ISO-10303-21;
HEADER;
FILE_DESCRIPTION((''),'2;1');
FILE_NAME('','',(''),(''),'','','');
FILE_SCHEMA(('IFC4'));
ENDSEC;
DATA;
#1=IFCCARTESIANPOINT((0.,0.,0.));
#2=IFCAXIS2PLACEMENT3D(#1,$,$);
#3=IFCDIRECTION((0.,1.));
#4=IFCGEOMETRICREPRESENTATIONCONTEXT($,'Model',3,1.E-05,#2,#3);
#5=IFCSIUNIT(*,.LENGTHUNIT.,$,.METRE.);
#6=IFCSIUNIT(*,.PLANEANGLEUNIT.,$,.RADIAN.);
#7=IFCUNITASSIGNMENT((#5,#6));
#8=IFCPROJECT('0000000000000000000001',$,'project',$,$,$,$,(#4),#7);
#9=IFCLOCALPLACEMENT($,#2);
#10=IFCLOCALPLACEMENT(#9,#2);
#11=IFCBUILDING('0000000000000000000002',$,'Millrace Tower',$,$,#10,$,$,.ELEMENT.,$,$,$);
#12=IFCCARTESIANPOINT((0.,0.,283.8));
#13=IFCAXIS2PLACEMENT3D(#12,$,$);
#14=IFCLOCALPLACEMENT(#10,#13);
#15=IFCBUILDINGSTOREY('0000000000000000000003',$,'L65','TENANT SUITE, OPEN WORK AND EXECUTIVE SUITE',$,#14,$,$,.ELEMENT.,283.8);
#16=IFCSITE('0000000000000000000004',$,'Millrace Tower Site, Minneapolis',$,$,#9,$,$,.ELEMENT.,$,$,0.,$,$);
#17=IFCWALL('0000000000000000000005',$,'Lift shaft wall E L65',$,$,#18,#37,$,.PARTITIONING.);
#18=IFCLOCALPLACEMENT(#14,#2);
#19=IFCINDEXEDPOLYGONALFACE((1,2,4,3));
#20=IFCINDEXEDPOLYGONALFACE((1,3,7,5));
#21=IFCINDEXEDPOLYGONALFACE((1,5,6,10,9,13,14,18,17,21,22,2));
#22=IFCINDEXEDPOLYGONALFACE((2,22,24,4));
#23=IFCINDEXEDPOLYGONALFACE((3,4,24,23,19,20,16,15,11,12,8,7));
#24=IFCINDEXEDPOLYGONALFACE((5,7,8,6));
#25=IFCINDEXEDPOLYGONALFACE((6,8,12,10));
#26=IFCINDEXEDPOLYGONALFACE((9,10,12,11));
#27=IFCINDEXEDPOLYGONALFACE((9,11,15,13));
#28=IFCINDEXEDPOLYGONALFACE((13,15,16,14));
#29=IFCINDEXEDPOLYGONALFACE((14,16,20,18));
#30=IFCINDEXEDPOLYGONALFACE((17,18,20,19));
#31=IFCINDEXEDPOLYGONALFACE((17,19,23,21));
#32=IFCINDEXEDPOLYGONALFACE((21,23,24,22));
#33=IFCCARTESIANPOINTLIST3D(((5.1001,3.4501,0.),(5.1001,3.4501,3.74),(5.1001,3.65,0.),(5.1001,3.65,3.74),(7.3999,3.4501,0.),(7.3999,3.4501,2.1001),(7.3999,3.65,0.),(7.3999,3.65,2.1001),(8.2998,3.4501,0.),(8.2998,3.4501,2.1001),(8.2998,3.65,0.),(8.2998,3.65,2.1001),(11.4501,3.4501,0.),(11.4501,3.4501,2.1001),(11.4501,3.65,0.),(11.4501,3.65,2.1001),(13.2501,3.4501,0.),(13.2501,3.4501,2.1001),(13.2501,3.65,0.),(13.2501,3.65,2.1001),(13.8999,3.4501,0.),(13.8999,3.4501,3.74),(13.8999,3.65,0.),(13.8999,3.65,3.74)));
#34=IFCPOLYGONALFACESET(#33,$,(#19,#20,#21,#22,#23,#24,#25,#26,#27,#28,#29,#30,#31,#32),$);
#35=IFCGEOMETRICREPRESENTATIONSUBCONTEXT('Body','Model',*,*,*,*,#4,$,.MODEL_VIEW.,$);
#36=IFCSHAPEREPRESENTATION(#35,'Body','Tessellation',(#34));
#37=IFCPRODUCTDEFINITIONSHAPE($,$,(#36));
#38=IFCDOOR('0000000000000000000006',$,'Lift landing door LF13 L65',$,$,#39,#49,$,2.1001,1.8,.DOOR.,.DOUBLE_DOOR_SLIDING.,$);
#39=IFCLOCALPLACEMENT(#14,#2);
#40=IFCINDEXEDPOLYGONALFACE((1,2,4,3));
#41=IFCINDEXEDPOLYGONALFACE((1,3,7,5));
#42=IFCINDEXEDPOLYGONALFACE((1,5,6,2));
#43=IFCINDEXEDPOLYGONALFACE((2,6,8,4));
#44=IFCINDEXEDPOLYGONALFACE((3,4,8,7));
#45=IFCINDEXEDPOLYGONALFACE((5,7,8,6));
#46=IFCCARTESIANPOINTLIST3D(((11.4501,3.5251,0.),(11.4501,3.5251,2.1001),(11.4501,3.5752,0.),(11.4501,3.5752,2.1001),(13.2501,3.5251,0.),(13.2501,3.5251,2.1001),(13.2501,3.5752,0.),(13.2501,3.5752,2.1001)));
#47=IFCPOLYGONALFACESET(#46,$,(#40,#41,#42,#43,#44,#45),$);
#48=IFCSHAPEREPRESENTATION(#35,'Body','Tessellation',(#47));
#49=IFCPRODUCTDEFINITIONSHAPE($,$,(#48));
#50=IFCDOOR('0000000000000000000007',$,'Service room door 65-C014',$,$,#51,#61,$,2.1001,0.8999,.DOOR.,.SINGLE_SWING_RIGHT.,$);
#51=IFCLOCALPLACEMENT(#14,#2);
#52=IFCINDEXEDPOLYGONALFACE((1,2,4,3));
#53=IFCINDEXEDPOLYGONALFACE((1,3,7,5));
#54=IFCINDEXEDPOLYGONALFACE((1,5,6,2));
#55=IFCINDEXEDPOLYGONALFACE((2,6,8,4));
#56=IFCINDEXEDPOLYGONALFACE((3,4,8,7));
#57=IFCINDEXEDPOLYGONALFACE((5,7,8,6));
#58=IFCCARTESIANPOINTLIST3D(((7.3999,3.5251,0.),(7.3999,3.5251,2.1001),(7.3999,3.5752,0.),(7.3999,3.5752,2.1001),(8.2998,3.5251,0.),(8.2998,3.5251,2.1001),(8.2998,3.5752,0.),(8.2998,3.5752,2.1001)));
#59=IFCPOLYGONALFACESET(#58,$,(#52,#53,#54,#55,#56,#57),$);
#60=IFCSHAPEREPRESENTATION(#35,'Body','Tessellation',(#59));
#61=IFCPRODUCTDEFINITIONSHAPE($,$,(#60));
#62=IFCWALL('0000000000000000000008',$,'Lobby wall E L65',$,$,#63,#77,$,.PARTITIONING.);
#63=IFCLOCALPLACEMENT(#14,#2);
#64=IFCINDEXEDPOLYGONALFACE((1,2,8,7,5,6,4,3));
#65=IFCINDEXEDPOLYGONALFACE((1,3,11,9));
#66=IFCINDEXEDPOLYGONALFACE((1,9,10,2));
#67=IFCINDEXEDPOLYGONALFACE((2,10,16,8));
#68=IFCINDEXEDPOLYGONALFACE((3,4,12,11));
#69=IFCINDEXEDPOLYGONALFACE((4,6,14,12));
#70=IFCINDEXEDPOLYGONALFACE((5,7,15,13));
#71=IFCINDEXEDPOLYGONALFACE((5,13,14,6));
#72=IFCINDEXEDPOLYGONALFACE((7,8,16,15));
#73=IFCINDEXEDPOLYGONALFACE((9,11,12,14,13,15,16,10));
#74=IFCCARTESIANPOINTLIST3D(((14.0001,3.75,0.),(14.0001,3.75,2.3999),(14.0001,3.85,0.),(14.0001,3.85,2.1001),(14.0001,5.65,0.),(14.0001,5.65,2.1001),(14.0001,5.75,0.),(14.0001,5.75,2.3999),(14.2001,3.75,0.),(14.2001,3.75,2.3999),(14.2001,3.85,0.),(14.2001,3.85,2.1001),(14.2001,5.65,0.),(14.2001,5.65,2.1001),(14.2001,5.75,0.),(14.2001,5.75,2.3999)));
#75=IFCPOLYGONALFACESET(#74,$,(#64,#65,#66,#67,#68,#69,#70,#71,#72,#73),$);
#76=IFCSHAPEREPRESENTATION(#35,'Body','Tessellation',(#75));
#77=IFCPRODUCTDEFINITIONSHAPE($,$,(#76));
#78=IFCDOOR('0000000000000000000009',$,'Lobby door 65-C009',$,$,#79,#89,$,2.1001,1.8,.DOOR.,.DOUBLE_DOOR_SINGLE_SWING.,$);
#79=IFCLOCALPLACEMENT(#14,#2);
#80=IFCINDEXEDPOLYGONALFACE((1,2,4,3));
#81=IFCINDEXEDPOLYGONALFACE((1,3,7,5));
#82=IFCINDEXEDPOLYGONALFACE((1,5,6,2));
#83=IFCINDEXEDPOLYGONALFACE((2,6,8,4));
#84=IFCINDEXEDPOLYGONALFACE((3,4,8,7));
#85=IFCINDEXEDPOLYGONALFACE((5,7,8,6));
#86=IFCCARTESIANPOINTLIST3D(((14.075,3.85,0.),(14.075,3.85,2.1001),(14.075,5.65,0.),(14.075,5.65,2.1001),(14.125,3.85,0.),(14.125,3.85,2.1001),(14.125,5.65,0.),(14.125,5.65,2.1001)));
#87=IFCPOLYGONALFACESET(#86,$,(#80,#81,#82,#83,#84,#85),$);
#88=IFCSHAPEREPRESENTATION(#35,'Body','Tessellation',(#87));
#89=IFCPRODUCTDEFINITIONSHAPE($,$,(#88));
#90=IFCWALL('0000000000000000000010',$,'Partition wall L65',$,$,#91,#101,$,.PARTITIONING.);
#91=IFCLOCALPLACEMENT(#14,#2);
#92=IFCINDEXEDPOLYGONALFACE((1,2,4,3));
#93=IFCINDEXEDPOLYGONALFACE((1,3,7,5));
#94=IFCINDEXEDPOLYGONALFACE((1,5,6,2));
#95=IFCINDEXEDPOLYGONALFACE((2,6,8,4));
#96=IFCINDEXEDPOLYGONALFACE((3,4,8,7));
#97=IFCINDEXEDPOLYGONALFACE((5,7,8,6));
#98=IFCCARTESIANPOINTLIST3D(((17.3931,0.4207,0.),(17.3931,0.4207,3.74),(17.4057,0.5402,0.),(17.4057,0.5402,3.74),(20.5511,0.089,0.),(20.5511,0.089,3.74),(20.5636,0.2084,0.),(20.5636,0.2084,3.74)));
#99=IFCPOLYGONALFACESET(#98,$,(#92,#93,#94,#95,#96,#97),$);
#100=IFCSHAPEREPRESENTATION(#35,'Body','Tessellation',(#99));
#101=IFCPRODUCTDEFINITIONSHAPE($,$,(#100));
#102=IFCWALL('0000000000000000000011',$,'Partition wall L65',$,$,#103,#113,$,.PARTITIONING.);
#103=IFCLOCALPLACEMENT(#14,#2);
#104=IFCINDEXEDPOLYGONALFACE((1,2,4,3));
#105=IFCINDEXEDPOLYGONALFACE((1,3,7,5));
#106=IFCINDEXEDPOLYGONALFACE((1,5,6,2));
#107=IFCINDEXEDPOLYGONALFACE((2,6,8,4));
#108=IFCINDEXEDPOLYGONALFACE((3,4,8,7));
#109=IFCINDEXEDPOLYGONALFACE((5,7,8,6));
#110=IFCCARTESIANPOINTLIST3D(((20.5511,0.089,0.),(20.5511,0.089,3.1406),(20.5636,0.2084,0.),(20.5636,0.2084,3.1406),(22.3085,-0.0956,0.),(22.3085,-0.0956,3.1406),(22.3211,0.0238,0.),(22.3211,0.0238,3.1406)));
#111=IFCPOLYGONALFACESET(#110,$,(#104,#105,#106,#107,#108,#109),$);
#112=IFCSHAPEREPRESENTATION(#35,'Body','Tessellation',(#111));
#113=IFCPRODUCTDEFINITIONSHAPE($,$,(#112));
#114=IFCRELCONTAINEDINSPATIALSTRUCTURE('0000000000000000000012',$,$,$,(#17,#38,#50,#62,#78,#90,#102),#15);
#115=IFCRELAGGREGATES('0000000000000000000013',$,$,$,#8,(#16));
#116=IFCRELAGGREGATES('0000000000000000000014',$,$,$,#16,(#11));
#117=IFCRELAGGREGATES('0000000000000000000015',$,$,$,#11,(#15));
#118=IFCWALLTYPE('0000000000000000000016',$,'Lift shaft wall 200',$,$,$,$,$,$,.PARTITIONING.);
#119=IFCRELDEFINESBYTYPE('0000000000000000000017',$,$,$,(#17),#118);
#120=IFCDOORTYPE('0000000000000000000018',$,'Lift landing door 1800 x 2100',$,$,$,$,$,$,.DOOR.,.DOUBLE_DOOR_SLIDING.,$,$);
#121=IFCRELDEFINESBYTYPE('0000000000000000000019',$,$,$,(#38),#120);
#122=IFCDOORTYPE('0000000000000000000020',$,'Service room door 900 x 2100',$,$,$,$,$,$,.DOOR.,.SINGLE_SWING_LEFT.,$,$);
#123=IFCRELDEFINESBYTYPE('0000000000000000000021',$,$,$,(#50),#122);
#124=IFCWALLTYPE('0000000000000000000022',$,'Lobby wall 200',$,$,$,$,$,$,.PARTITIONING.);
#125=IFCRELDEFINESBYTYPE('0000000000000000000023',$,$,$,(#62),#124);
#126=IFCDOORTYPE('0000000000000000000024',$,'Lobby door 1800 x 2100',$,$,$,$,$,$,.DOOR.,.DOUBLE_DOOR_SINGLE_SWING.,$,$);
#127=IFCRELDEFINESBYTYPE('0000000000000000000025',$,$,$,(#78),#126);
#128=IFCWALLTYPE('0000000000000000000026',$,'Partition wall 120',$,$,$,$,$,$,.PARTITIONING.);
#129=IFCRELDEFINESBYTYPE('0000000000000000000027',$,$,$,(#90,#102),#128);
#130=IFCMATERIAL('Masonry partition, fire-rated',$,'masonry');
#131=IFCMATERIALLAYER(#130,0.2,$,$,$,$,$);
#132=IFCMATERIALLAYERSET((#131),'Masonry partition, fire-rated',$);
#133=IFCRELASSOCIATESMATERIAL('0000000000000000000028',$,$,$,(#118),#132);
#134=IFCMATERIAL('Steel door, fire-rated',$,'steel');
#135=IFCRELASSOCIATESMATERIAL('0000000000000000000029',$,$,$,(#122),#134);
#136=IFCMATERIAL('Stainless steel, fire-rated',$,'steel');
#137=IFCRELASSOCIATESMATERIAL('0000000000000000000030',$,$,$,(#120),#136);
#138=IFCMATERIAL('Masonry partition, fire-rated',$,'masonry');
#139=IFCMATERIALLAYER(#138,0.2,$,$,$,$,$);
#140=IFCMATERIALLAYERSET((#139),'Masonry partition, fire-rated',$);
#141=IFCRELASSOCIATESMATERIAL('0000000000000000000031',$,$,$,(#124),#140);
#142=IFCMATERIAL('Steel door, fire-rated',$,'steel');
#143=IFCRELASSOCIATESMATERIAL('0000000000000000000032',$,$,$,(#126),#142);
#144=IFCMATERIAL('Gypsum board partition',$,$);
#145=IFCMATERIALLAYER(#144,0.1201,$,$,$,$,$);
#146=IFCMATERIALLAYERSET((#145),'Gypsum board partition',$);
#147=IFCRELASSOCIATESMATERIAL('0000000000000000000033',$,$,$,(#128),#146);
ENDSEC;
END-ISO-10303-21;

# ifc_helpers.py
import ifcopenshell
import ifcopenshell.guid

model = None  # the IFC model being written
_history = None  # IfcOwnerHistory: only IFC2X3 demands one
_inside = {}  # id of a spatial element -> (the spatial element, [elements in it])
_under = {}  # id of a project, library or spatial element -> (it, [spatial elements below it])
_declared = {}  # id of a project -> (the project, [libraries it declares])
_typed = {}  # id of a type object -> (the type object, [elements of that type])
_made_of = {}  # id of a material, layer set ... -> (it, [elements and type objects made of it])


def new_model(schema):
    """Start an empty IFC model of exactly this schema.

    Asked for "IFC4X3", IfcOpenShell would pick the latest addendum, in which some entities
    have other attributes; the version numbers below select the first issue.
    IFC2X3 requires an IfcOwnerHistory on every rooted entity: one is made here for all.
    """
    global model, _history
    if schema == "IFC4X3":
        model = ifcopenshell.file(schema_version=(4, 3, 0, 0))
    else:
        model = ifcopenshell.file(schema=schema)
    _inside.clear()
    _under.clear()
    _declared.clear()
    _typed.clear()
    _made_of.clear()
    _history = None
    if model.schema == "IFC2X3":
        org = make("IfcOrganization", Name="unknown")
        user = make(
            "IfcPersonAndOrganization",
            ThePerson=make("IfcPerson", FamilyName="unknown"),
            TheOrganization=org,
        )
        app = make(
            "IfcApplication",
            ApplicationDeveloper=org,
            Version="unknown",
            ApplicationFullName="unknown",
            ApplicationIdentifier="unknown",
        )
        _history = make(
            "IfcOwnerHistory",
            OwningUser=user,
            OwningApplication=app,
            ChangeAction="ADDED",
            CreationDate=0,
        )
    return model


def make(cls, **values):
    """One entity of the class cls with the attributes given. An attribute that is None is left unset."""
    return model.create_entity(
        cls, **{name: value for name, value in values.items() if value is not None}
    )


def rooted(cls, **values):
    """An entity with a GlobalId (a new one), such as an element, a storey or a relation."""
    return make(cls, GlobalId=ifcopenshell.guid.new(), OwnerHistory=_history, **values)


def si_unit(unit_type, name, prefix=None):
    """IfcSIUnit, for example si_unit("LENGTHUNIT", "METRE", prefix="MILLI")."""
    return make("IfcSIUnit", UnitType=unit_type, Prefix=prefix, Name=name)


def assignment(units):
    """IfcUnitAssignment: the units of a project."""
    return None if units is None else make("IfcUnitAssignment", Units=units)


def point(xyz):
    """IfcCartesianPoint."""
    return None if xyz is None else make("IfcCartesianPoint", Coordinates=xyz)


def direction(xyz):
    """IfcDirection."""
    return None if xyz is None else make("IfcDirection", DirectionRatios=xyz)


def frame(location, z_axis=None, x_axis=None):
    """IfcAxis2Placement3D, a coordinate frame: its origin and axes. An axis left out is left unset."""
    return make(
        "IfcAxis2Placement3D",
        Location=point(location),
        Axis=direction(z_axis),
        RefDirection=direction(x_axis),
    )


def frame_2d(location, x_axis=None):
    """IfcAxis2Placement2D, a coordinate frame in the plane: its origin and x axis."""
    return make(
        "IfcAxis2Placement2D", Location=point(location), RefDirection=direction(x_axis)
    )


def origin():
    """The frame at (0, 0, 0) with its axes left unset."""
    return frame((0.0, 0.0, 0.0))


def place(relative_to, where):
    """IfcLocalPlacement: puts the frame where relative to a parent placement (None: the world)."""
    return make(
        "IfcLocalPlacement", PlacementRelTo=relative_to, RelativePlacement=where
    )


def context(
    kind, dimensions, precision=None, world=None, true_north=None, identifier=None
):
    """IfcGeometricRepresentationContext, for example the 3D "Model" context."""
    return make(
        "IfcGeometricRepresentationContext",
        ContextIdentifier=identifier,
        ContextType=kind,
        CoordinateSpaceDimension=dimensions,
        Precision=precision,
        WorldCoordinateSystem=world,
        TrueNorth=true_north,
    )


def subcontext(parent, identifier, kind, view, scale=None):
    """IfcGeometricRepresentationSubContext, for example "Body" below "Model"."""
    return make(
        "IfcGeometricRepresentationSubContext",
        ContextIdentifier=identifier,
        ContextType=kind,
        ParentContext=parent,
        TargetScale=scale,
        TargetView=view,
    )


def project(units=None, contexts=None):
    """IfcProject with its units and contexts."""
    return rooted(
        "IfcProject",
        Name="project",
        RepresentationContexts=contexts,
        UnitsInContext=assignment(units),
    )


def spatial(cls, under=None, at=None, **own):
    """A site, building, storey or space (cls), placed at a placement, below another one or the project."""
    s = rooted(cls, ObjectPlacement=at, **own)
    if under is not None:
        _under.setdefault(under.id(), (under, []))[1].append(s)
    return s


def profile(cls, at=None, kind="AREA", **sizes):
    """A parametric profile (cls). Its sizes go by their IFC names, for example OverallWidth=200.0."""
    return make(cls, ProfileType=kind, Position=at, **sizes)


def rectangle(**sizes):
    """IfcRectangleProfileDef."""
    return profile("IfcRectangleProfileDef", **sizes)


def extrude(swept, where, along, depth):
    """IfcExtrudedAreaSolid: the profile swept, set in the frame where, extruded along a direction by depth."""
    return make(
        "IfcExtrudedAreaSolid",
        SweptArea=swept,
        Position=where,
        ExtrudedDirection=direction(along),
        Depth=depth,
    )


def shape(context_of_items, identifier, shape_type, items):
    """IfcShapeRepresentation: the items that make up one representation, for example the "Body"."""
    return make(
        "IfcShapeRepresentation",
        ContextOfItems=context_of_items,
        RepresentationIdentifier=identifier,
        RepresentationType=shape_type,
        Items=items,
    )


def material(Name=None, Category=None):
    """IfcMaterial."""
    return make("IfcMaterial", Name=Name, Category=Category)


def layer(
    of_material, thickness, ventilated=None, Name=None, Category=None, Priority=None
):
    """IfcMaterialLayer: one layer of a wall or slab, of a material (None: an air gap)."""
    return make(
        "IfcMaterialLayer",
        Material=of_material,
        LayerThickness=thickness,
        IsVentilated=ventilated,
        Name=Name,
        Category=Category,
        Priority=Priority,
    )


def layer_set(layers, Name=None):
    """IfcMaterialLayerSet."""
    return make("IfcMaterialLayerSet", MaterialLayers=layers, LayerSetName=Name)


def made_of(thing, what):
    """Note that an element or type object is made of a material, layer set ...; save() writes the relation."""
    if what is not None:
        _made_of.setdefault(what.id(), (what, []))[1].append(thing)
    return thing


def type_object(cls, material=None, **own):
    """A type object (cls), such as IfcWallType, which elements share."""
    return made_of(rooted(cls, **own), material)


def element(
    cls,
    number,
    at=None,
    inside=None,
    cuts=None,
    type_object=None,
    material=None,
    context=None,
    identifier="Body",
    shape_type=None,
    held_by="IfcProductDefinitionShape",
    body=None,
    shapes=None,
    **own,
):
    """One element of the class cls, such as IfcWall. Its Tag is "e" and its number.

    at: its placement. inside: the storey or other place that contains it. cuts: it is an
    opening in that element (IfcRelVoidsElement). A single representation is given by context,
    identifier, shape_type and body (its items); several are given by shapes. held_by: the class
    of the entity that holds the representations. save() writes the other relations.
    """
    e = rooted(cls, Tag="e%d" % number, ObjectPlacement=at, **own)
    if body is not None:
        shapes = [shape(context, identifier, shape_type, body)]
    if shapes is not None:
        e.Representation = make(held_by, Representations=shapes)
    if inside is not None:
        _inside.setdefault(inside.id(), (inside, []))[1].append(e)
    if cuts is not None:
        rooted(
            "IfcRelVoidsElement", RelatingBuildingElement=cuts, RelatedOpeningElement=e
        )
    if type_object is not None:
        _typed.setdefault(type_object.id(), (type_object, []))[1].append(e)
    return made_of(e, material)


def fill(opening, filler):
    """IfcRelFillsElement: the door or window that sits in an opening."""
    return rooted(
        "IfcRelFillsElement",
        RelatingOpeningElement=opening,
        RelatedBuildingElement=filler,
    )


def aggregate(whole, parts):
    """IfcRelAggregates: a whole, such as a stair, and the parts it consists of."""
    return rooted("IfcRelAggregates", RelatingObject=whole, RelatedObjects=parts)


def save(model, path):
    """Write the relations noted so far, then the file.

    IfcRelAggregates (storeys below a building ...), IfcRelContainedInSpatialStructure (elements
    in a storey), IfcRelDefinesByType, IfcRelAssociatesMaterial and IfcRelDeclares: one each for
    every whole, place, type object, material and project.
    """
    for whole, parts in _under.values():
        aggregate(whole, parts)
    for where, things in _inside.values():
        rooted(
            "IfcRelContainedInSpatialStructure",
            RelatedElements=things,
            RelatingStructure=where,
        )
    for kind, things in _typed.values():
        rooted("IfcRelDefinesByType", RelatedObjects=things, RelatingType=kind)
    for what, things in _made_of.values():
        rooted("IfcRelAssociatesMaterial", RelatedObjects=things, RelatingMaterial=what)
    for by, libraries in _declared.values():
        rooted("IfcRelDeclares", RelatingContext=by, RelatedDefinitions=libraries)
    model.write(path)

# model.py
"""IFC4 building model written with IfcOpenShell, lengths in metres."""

from ifc_helpers import new_model, si_unit, direction, frame, frame_2d, origin, place, context, subcontext, project, spatial, rectangle, extrude, material, layer, layer_set, type_object, element, fill, save


model = new_model("IFC4")

# Units and contexts
model_context = context("Model", 3, precision=1e-05, world=origin(), true_north=direction((0.0, 1.0)))
body_context = subcontext(model_context, "Body", "Model", "MODEL_VIEW")
ifc_project = project(units=[si_unit("LENGTHUNIT", "METRE"), si_unit("PLANEANGLEUNIT", "RADIAN")], contexts=[model_context])

# Site, building, storey
site_placement = place(None, origin())
site = spatial("IfcSite", under=ifc_project, at=site_placement, Name="Millrace Tower Site, Minneapolis", CompositionType="ELEMENT", RefElevation=0.0)
building_placement = place(site_placement, origin())
building = spatial("IfcBuilding", under=site, at=building_placement, Name="Millrace Tower", CompositionType="ELEMENT")
storey_placement = place(building_placement, frame((0.0, 0.0, 283.8)))
storey = spatial("IfcBuildingStorey", under=building, at=storey_placement, Name="L65", Description="TENANT SUITE, OPEN WORK AND EXECUTIVE SUITE", CompositionType="ELEMENT", Elevation=283.8)

# Wall, openings, doors
ifc_material_1 = material(Name="Masonry partition, fire-rated", Category="masonry")
ifc_layer_1 = layer(ifc_material_1, 0.2)
ifc_layer_set_1 = layer_set([ifc_layer_1], Name="Masonry partition, fire-rated")
wall_type_1 = type_object("IfcWallType", Name="Lift shaft wall 200", PredefinedType="PARTITIONING", material=ifc_layer_set_1)
ifc_material_2 = material(Name="Steel door, fire-rated", Category="steel")
door_type_1 = type_object("IfcDoorType", Name="Service room door 900 x 2100", OperationType="SINGLE_SWING_LEFT", PredefinedType="DOOR", material=ifc_material_2)
wall_1_placement = place(storey_placement, frame((13.8999, 3.55, 0.0), z_axis=(0.0, 0.0, 1.0), x_axis=(-1.0, 0.0, 0.0)))
wall_1 = element("IfcWall", 1, at=wall_1_placement, inside=storey, type_object=wall_type_1, Name="Lift shaft wall E L65", PredefinedType="PARTITIONING", context=body_context, shape_type="SweptSolid", body=[
    extrude(rectangle(XDim=8.7998, YDim=0.2, at=frame_2d((4.3999, 0.0))), origin(), (0.0, 0.0, 1.0), 3.74),
])
opening_1_placement = place(wall_1_placement, frame((0.6499, 0.0, 0.0)))
opening_1 = element("IfcOpeningElement", 2, at=opening_1_placement, cuts=wall_1, PredefinedType="OPENING", context=body_context, shape_type="SweptSolid", body=[
    extrude(rectangle(XDim=1.8, YDim=2.1001, at=frame_2d((0.8999, 1.05))), frame((0.0, 0.1099, 0.0), z_axis=(0.0, -1.0, 0.0), x_axis=(1.0, 0.0, 0.0)), (0.0, 0.0, 1.0), 0.22),
])
opening_2_placement = place(wall_1_placement, frame((5.6001, 0.0, 0.0)))
opening_2 = element("IfcOpeningElement", 3, at=opening_2_placement, cuts=wall_1, PredefinedType="OPENING", context=body_context, shape_type="SweptSolid", body=[
    extrude(rectangle(XDim=0.8999, YDim=2.1001, at=frame_2d((0.45, 1.05))), frame((0.0, 0.1099, 0.0), z_axis=(0.0, -1.0, 0.0), x_axis=(1.0, 0.0, 0.0)), (0.0, 0.0, 1.0), 0.22),
])
ifc_material_3 = material(Name="Stainless steel, fire-rated", Category="steel")
door_type_2 = type_object("IfcDoorType", Name="Lift landing door 1800 x 2100", OperationType="DOUBLE_DOOR_SLIDING", PredefinedType="DOOR", material=ifc_material_3)
door_1_placement = place(opening_1_placement, origin())
door_1 = element("IfcDoor", 4, at=door_1_placement, inside=storey, type_object=door_type_2, Name="Lift landing door LF13 L65", OperationType="DOUBLE_DOOR_SLIDING", OverallHeight=2.1001, OverallWidth=1.8, PredefinedType="DOOR", context=body_context, shape_type="SweptSolid", body=[
    extrude(rectangle(XDim=1.8, YDim=2.1001, at=frame_2d((0.8999, 1.05))), frame((0.0, 0.0249, 0.0), z_axis=(0.0, -1.0, 0.0), x_axis=(1.0, 0.0, 0.0)), (0.0, 0.0, 1.0), 0.05),
])
fill(opening_1, door_1)
door_2_placement = place(opening_2_placement, origin())
door_2 = element("IfcDoor", 5, at=door_2_placement, inside=storey, type_object=door_type_1, Name="Service room door 65-C014", OperationType="SINGLE_SWING_RIGHT", OverallHeight=2.1001, OverallWidth=0.8999, PredefinedType="DOOR", context=body_context, shape_type="SweptSolid", body=[
    extrude(rectangle(XDim=0.8999, YDim=2.1001, at=frame_2d((0.45, 1.05))), frame((0.0, 0.0249, 0.0), z_axis=(0.0, -1.0, 0.0), x_axis=(1.0, 0.0, 0.0)), (0.0, 0.0, 1.0), 0.05),
])
fill(opening_2, door_2)

# Wall, opening, door
ifc_material_4 = material(Name="Masonry partition, fire-rated", Category="masonry")
ifc_layer_2 = layer(ifc_material_4, 0.2)
ifc_layer_set_2 = layer_set([ifc_layer_2], Name="Masonry partition, fire-rated")
wall_type_2 = type_object("IfcWallType", Name="Lobby wall 200", PredefinedType="PARTITIONING", material=ifc_layer_set_2)
wall_2_placement = place(storey_placement, frame((14.1001, 5.75, 0.0), z_axis=(0.0, 0.0, 1.0), x_axis=(0.0, -1.0, 0.0)))
wall_2 = element("IfcWall", 6, at=wall_2_placement, inside=storey, type_object=wall_type_2, Name="Lobby wall E L65", PredefinedType="PARTITIONING", context=body_context, shape_type="SweptSolid", body=[
    extrude(rectangle(XDim=2.0, YDim=0.2, at=frame_2d((1.0, 0.0))), origin(), (0.0, 0.0, 1.0), 2.3999),
])
opening_3_placement = place(wall_2_placement, frame((0.1001, 0.0, 0.0)))
opening_3 = element("IfcOpeningElement", 7, at=opening_3_placement, cuts=wall_2, PredefinedType="OPENING", context=body_context, shape_type="SweptSolid", body=[
    extrude(rectangle(XDim=1.8, YDim=2.1001, at=frame_2d((0.8999, 1.05))), frame((0.0, 0.1099, 0.0), z_axis=(0.0, -1.0, 0.0), x_axis=(1.0, 0.0, 0.0)), (0.0, 0.0, 1.0), 0.22),
])
ifc_material_5 = material(Name="Steel door, fire-rated", Category="steel")
door_type_3 = type_object("IfcDoorType", Name="Lobby door 1800 x 2100", OperationType="DOUBLE_DOOR_SINGLE_SWING", PredefinedType="DOOR", material=ifc_material_5)
door_3_placement = place(opening_3_placement, origin())
door_3 = element("IfcDoor", 8, at=door_3_placement, inside=storey, type_object=door_type_3, Name="Lobby door 65-C009", OperationType="DOUBLE_DOOR_SINGLE_SWING", OverallHeight=2.1001, OverallWidth=1.8, PredefinedType="DOOR", context=body_context, shape_type="SweptSolid", body=[
    extrude(rectangle(XDim=1.8, YDim=2.1001, at=frame_2d((0.8999, 1.05))), frame((0.0, 0.0249, 0.0), z_axis=(0.0, -1.0, 0.0), x_axis=(1.0, 0.0, 0.0)), (0.0, 0.0, 1.0), 0.05),
])
fill(opening_3, door_3)

# Walls
ifc_material_6 = material(Name="Gypsum board partition")
ifc_layer_3 = layer(ifc_material_6, 0.1201)
ifc_layer_set_3 = layer_set([ifc_layer_3], Name="Gypsum board partition")
wall_type_3 = type_object("IfcWallType", Name="Partition wall 120", PredefinedType="PARTITIONING", material=ifc_layer_set_3)
wall_3_placement = place(storey_placement, frame((17.3994, 0.4805, 0.0), z_axis=(0.0, 0.0, 1.0), x_axis=(0.994526, -0.104489, 0.0)))
element("IfcWall", 9, at=wall_3_placement, inside=storey, type_object=wall_type_3, Name="Partition wall L65", PredefinedType="PARTITIONING", context=body_context, shape_type="SweptSolid", body=[
    extrude(rectangle(XDim=3.1753, YDim=0.1201, at=frame_2d((1.5876, 0.0))), origin(), (0.0, 0.0, 1.0), 3.74),
])
wall_4_placement = place(storey_placement, frame((20.5574, 0.1487, 0.0), z_axis=(0.0, 0.0, 1.0), x_axis=(0.99453, -0.104455, 0.0)))
element("IfcWall", 10, at=wall_4_placement, inside=storey, type_object=wall_type_3, Name="Partition wall L65", PredefinedType="PARTITIONING", context=body_context, shape_type="SweptSolid", body=[
    extrude(rectangle(XDim=1.7671, YDim=0.1201, at=frame_2d((0.8835, 0.0))), origin(), (0.0, 0.0, 1.0), 3.1406),
])

save(model, "model.ifc")
